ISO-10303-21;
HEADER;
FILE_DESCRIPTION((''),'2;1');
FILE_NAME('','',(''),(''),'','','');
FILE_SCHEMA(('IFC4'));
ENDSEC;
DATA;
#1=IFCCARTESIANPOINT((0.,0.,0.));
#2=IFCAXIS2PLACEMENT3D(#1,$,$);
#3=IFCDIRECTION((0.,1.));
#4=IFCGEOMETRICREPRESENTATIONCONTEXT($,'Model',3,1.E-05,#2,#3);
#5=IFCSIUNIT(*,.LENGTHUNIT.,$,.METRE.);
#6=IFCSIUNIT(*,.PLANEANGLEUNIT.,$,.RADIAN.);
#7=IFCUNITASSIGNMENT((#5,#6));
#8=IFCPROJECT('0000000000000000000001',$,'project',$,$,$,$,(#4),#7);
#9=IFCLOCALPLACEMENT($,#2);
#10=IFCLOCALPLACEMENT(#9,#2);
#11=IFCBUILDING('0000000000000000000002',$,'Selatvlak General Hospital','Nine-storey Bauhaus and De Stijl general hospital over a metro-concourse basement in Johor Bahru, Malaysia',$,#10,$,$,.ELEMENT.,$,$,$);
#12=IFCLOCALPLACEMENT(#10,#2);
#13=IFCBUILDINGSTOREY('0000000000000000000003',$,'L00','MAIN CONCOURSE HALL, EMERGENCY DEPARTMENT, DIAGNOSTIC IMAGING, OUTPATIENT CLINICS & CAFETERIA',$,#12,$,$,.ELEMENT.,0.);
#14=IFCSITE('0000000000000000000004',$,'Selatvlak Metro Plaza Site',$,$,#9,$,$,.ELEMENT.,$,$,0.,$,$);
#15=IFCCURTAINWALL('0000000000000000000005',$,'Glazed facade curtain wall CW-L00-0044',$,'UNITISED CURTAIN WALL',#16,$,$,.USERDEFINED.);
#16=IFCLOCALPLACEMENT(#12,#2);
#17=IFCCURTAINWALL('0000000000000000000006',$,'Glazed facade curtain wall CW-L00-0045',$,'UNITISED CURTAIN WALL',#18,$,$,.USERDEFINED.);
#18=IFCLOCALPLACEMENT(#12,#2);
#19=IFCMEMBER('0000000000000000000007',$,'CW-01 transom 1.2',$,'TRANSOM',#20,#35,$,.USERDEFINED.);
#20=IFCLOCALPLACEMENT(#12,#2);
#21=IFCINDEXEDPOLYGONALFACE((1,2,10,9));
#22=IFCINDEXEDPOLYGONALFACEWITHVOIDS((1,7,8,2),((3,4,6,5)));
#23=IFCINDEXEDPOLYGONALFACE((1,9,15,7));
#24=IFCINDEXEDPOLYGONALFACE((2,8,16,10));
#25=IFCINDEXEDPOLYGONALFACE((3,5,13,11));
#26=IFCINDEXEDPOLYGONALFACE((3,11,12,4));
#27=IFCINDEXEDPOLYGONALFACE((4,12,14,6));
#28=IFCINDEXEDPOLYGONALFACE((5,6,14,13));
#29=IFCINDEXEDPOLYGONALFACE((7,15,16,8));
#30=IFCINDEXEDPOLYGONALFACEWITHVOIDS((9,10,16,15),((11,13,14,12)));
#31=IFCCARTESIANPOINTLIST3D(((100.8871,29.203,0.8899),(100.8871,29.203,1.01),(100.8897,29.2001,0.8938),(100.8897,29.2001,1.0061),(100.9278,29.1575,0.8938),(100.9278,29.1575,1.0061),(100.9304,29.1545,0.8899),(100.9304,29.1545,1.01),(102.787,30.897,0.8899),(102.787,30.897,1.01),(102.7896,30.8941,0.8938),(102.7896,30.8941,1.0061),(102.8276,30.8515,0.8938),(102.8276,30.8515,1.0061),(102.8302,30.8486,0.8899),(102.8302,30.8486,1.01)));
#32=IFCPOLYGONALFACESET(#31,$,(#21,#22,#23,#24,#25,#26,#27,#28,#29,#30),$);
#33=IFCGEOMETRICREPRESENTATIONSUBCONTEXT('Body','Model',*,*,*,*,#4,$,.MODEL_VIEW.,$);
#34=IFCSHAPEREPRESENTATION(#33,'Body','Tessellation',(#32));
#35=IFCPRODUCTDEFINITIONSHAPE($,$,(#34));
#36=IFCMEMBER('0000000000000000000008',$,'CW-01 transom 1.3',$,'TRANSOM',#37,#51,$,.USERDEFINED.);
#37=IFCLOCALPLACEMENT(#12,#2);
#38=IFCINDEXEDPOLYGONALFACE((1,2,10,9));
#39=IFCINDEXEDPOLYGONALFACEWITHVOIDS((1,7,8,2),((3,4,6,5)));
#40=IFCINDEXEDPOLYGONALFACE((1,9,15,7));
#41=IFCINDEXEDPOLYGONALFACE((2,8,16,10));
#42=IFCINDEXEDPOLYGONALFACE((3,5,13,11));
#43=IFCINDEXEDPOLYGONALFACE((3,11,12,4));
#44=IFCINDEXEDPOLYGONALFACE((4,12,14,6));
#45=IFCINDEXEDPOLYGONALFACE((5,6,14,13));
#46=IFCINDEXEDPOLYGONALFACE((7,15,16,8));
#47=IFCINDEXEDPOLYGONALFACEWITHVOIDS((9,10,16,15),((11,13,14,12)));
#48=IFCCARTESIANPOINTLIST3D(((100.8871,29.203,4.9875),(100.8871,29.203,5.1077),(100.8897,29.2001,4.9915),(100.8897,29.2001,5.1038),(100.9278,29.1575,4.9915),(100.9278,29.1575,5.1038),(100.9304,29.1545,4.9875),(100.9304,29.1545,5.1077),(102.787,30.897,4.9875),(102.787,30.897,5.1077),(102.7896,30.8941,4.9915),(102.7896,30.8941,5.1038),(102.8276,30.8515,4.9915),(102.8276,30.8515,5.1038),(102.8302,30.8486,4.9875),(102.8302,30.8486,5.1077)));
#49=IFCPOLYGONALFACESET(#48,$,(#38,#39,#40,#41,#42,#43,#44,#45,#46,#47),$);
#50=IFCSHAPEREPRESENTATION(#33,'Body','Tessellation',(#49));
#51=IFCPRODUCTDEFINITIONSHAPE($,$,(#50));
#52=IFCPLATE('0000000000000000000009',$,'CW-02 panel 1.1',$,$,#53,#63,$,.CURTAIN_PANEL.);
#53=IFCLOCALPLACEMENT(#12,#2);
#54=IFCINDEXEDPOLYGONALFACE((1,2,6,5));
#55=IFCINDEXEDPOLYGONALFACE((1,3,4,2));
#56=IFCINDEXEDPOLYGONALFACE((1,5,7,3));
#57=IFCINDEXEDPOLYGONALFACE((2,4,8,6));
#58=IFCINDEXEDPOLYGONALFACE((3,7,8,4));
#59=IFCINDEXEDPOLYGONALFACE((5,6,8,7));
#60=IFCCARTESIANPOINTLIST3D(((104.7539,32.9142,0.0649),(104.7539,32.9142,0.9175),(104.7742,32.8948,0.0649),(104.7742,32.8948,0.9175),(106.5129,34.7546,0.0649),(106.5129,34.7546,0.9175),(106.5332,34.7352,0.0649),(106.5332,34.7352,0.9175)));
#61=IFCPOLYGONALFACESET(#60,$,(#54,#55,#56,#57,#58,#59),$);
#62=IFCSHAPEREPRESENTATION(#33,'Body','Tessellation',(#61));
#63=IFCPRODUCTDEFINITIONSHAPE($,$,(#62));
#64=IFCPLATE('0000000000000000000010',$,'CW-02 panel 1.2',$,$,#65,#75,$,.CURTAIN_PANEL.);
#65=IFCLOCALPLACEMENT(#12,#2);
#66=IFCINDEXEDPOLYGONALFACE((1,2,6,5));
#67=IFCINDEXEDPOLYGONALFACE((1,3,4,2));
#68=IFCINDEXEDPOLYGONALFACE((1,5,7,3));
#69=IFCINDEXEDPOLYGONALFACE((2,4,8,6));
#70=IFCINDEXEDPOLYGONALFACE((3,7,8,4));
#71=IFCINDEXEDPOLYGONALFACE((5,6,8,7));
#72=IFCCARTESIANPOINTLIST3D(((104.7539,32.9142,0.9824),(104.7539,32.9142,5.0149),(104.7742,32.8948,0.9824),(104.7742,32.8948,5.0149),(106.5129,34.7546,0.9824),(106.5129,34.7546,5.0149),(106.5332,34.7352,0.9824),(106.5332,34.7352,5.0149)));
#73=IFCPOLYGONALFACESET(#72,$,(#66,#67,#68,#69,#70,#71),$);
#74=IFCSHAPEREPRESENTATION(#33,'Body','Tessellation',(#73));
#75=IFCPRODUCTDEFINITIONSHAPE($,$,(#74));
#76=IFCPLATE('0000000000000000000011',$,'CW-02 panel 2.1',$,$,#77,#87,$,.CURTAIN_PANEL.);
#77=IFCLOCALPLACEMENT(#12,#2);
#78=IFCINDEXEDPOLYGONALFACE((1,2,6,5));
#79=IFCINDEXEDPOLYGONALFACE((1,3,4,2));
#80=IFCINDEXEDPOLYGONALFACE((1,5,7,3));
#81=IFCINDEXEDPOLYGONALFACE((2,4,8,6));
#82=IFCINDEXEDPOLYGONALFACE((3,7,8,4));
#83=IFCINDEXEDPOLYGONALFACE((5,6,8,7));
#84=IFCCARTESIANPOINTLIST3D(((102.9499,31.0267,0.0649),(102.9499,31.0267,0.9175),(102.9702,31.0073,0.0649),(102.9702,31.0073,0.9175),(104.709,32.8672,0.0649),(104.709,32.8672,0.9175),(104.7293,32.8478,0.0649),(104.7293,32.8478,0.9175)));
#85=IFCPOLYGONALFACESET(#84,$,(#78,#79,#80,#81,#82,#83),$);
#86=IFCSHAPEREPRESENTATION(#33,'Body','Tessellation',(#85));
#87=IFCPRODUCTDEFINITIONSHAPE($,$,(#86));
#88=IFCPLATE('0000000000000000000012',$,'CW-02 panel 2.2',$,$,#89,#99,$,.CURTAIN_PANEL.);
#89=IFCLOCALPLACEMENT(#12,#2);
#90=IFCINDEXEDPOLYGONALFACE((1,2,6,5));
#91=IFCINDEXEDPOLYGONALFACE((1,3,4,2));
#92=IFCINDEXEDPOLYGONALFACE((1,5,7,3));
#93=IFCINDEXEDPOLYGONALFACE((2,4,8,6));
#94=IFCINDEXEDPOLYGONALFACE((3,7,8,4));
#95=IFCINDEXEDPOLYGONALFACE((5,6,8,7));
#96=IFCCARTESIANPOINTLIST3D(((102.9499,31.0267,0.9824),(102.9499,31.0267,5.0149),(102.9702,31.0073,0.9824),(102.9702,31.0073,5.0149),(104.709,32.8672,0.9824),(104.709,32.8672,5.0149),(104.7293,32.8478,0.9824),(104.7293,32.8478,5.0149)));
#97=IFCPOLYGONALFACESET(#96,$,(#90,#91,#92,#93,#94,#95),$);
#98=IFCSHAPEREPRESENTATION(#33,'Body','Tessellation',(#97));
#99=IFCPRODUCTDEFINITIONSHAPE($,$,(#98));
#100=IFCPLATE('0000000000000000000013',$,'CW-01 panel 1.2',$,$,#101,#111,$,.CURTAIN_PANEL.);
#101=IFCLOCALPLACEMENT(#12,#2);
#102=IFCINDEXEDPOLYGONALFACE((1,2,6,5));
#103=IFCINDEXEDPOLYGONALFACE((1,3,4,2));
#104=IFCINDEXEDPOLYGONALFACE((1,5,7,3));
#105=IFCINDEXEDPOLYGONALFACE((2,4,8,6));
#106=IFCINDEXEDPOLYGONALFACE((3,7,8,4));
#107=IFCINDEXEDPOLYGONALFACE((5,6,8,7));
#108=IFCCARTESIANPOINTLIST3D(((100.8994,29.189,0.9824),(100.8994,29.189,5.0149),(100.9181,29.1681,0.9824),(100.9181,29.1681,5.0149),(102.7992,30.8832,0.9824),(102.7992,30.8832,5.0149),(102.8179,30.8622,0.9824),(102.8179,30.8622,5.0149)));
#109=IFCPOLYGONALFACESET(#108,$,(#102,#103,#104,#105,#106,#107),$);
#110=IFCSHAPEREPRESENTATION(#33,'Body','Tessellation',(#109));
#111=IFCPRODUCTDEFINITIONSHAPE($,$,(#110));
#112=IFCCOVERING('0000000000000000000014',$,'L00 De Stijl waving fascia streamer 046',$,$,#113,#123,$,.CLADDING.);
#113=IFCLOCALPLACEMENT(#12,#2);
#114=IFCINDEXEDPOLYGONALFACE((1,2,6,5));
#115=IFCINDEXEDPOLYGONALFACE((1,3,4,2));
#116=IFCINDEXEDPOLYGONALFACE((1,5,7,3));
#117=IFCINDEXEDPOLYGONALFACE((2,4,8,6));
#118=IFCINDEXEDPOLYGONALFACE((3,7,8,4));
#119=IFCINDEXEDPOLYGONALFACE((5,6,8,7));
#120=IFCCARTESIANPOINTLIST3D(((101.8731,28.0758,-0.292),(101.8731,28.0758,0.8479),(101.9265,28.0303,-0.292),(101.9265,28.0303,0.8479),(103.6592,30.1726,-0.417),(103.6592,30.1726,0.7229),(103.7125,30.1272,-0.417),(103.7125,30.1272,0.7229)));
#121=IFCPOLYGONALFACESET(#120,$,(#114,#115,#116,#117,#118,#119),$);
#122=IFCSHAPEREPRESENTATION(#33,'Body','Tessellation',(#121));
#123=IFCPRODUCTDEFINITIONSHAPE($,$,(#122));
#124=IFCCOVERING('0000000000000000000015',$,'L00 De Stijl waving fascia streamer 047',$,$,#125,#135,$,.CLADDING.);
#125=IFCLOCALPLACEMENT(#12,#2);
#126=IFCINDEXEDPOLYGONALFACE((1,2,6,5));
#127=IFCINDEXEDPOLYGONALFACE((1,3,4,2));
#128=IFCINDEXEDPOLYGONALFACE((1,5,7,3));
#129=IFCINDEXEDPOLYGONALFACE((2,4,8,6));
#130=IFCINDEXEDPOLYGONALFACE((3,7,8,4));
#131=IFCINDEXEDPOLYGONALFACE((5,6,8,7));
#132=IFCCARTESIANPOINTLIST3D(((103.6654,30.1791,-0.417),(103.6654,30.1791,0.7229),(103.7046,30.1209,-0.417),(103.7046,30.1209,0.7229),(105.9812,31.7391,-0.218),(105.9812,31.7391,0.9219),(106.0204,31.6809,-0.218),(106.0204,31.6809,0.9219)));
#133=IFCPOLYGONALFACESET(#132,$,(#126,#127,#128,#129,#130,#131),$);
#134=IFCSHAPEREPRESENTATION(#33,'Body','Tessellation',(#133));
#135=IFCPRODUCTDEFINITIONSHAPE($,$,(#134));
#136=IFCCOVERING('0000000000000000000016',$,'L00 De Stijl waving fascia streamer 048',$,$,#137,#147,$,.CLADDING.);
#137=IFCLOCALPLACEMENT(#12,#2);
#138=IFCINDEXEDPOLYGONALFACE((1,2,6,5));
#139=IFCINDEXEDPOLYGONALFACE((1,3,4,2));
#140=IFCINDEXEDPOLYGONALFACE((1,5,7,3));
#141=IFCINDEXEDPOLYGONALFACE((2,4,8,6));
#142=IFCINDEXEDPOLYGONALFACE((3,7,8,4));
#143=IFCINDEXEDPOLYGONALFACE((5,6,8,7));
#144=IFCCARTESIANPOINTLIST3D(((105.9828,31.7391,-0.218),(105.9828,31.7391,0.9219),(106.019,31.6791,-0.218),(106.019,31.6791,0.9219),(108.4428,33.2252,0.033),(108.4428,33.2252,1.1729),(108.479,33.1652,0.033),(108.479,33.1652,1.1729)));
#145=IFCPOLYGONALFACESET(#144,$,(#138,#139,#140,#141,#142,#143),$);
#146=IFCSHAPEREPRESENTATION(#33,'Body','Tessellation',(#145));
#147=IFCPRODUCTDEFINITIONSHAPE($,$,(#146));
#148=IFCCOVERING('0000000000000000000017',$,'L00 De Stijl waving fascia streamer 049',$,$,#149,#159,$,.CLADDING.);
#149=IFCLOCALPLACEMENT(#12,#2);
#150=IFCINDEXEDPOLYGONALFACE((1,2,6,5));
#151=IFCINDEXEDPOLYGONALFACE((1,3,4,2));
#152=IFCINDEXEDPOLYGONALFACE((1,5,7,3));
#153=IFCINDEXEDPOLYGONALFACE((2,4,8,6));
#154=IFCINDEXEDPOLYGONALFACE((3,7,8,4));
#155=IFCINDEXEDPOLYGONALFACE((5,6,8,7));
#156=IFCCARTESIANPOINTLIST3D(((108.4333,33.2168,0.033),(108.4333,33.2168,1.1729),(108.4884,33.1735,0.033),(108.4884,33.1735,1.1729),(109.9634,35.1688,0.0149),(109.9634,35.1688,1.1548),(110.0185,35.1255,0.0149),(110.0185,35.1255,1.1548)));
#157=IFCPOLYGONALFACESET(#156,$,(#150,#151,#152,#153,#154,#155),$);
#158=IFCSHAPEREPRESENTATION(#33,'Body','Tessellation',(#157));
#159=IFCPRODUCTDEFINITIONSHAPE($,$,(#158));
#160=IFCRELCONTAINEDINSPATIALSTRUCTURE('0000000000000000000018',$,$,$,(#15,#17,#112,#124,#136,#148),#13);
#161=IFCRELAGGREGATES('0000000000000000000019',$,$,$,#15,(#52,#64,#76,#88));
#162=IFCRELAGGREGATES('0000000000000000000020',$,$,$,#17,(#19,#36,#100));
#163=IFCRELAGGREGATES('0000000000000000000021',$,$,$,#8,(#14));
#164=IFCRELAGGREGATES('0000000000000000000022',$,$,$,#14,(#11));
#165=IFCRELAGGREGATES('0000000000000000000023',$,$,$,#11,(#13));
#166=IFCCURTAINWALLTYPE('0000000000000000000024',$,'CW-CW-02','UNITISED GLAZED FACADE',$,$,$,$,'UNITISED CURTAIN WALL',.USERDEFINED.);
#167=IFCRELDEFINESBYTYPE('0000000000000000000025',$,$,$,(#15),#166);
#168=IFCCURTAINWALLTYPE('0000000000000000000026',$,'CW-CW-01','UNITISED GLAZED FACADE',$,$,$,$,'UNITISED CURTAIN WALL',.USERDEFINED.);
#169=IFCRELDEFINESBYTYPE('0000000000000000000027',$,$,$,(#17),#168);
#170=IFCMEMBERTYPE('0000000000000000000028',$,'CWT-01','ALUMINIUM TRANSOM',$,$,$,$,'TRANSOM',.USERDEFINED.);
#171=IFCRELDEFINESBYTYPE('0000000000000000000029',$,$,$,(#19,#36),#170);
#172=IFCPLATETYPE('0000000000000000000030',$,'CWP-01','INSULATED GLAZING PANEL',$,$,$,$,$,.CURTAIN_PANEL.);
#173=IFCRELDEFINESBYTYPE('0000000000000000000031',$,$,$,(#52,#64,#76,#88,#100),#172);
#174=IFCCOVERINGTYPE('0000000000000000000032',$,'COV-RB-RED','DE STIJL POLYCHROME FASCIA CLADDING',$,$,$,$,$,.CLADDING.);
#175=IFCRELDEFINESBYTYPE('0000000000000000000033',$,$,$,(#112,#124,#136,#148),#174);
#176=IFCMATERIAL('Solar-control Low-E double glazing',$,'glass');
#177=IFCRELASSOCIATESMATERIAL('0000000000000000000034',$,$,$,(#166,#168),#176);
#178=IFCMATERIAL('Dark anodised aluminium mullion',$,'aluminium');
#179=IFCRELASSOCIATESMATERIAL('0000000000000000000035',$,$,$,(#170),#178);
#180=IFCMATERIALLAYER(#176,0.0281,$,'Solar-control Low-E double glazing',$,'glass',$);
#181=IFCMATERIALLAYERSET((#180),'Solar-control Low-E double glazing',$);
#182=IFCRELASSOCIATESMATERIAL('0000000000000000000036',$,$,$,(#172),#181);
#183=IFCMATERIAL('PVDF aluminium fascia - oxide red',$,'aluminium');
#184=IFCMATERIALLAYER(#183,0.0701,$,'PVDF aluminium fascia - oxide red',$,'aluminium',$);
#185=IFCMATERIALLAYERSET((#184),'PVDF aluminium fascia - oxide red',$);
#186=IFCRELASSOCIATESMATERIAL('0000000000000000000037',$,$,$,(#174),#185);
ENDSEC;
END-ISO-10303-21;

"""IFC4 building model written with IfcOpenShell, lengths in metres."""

from ifc_helpers import new_model, si_unit, direction, frame, origin, origin_2d, place, context, subcontext, project, spatial, polyline, rectangle, hollow_rectangle, outline, extrude, material, layer, layer_set, material_profile, profile_set, type_object, element, aggregate, save


model = new_model("IFC4")

# Units and contexts
model_context = context("Model", 3, precision=1e-05, world=origin(), true_north=direction((0.0, 1.0)))
body_context = subcontext(model_context, "Body", "Model", "MODEL_VIEW")
ifc_project = project(units=[si_unit("LENGTHUNIT", "METRE"), si_unit("PLANEANGLEUNIT", "RADIAN")], contexts=[model_context])

# Site, building, storey
site_placement = place(None, origin())
site = spatial("IfcSite", under=ifc_project, at=site_placement, Name="Selatvlak Metro Plaza Site", CompositionType="ELEMENT", RefElevation=0.0)
building_placement = place(site_placement, origin())
building = spatial("IfcBuilding", under=site, at=building_placement, Name="Selatvlak General Hospital", Description="Nine-storey Bauhaus and De Stijl general hospital over a metro-concourse basement in Johor Bahru, Malaysia", CompositionType="ELEMENT")
storey_placement = place(building_placement, origin())
storey = spatial("IfcBuildingStorey", under=building, at=storey_placement, Name="L00", Description="MAIN CONCOURSE HALL, EMERGENCY DEPARTMENT, DIAGNOSTIC IMAGING, OUTPATIENT CLINICS & CAFETERIA", CompositionType="ELEMENT", Elevation=0.0)

# Curtain wall
ifc_material_1 = material(Name="Solar-control Low-E double glazing", Category="glass")
curtain_wall_type_1 = type_object("IfcCurtainWallType", Name="CW-CW-02", Description="UNITISED GLAZED FACADE", ElementType="UNITISED CURTAIN WALL", PredefinedType="USERDEFINED", material=ifc_material_1)
curtain_wall_1_placement = place(storey_placement, origin())
curtain_wall_1 = element("IfcCurtainWall", 1, at=curtain_wall_1_placement, inside=storey, type_object=curtain_wall_type_1, Name="Glazed facade curtain wall CW-L00-0044", ObjectType="UNITISED CURTAIN WALL", PredefinedType="USERDEFINED")
ifc_material_2 = material(Name="Dark anodised aluminium mullion", Category="aluminium")

# Curtain wall
curtain_wall_type_2 = type_object("IfcCurtainWallType", Name="CW-CW-01", Description="UNITISED GLAZED FACADE", ElementType="UNITISED CURTAIN WALL", PredefinedType="USERDEFINED", material=ifc_material_1)
curtain_wall_2_placement = place(storey_placement, origin())
curtain_wall_2 = element("IfcCurtainWall", 2, at=curtain_wall_2_placement, inside=storey, type_object=curtain_wall_type_2, Name="Glazed facade curtain wall CW-L00-0045", ObjectType="UNITISED CURTAIN WALL", PredefinedType="USERDEFINED")

# Members
ifc_material_profile_1 = material_profile(ifc_material_2, hollow_rectangle(XDim=0.0649, YDim=0.1201, WallThickness=0.0039, at=origin_2d()), Name="AL-TRN 65x120x4")
ifc_profile_set_1 = profile_set([ifc_material_profile_1], Name="Dark anodised aluminium mullion")
member_type_1 = type_object("IfcMemberType", Name="CWT-01", Description="ALUMINIUM TRANSOM", ElementType="TRANSOM", PredefinedType="USERDEFINED", material=ifc_profile_set_1)
member_1_placement = place(storey_placement, frame((102.8086, 30.8728, 0.95), z_axis=(-0.746377, -0.665524, 0.0), x_axis=(0.665524, -0.746377, 0.0)))
member_1 = element("IfcMember", 3, at=member_1_placement, type_object=member_type_1, Name="CW-01 transom 1.2", ObjectType="TRANSOM", PredefinedType="USERDEFINED", context=body_context, shape_type="SweptSolid", body=[
    extrude(hollow_rectangle(XDim=0.0649, YDim=0.1201, WallThickness=0.0039, at=origin_2d()), origin(), (0.0, 0.0, 1.0), 2.5454),
])
member_2_placement = place(storey_placement, frame((102.8086, 30.8728, 5.0476), z_axis=(-0.746377, -0.665524, 0.0), x_axis=(0.665524, -0.746377, 0.0)))
member_2 = element("IfcMember", 4, at=member_2_placement, type_object=member_type_1, Name="CW-01 transom 1.3", ObjectType="TRANSOM", PredefinedType="USERDEFINED", context=body_context, shape_type="SweptSolid", body=[
    extrude(hollow_rectangle(XDim=0.0649, YDim=0.1201, WallThickness=0.0039, at=origin_2d()), origin(), (0.0, 0.0, 1.0), 2.5454),
])

# Plates
ifc_layer_1 = layer(ifc_material_1, 0.0281, Name="Solar-control Low-E double glazing", Category="glass")
ifc_layer_set_1 = layer_set([ifc_layer_1], Name="Solar-control Low-E double glazing")
plate_type = type_object("IfcPlateType", Name="CWP-01", Description="INSULATED GLAZING PANEL", PredefinedType="CURTAIN_PANEL", material=ifc_layer_set_1)
plate_1_placement = place(storey_placement, frame((105.6436, 33.8247, 0.0649), z_axis=(0.0, 0.0, 1.0), x_axis=(-0.690943, -0.722909, 0.0)))
plate_1 = element("IfcPlate", 5, at=plate_1_placement, type_object=plate_type, Name="CW-02 panel 1.1", PredefinedType="CURTAIN_PANEL", context=body_context, shape_type="SweptSolid", body=[
    extrude(rectangle(XDim=2.5459, YDim=0.0281, at=origin_2d()), origin(), (0.0, 0.0, 1.0), 0.8525),
])
plate_2_placement = place(storey_placement, frame((105.6436, 33.8247, 0.9824), z_axis=(0.0, 0.0, 1.0), x_axis=(-0.690943, -0.722909, 0.0)))
plate_2 = element("IfcPlate", 6, at=plate_2_placement, type_object=plate_type, Name="CW-02 panel 1.2", PredefinedType="CURTAIN_PANEL", context=body_context, shape_type="SweptSolid", body=[
    extrude(rectangle(XDim=2.5459, YDim=0.0281, at=origin_2d()), origin(), (0.0, 0.0, 1.0), 4.0325),
])
plate_3_placement = place(storey_placement, frame((103.8396, 31.9373, 0.0649), z_axis=(0.0, 0.0, 1.0), x_axis=(-0.690943, -0.722909, 0.0)))
plate_3 = element("IfcPlate", 7, at=plate_3_placement, type_object=plate_type, Name="CW-02 panel 2.1", PredefinedType="CURTAIN_PANEL", context=body_context, shape_type="SweptSolid", body=[
    extrude(rectangle(XDim=2.5459, YDim=0.0281, at=origin_2d()), origin(), (0.0, 0.0, 1.0), 0.8525),
])
plate_4_placement = place(storey_placement, frame((103.8396, 31.9373, 0.9824), z_axis=(0.0, 0.0, 1.0), x_axis=(-0.690943, -0.722909, 0.0)))
plate_4 = element("IfcPlate", 8, at=plate_4_placement, type_object=plate_type, Name="CW-02 panel 2.2", PredefinedType="CURTAIN_PANEL", context=body_context, shape_type="SweptSolid", body=[
    extrude(rectangle(XDim=2.5459, YDim=0.0281, at=origin_2d()), origin(), (0.0, 0.0, 1.0), 4.0325),
])
aggregate(curtain_wall_1, [plate_1, plate_2, plate_3, plate_4])
plate_5_placement = place(storey_placement, frame((101.8586, 30.0256, 0.9824), z_axis=(0.0, 0.0, 1.0), x_axis=(-0.746344, -0.665561, 0.0)))
plate_5 = element("IfcPlate", 9, at=plate_5_placement, type_object=plate_type, Name="CW-01 panel 1.2", PredefinedType="CURTAIN_PANEL", context=body_context, shape_type="SweptSolid", body=[
    extrude(rectangle(XDim=2.5454, YDim=0.0281, at=origin_2d()), origin(), (0.0, 0.0, 1.0), 4.0325),
])
aggregate(curtain_wall_2, [member_1, member_2, plate_5])

# Coverings
ifc_material_3 = material(Name="PVDF aluminium fascia - oxide red", Category="aluminium")
ifc_layer_2 = layer(ifc_material_3, 0.0701, Name="PVDF aluminium fascia - oxide red", Category="aluminium")
ifc_layer_set_2 = layer_set([ifc_layer_2], Name="PVDF aluminium fascia - oxide red")
covering_type = type_object("IfcCoveringType", Name="COV-RB-RED", Description="DE STIJL POLYCHROME FASCIA CLADDING", PredefinedType="CLADDING", material=ifc_layer_set_2)
covering_1_placement = place(storey_placement, frame((101.8999, 28.053, -0.292), z_axis=(0.0, 0.0, 1.0), x_axis=(0.648438, 0.761268, 0.0)))
element("IfcCovering", 10, at=covering_1_placement, inside=storey, type_object=covering_type, Name="L00 De Stijl waving fascia streamer 046", PredefinedType="CLADDING", context=body_context, shape_type="SweptSolid", body=[
    extrude(outline(polyline([(0.0, 0.0), (2.7544, -0.125), (2.7544, 1.0149), (0.0, 1.1399), (0.0, 0.0)])), frame((0.0, 0.0352, 0.0), z_axis=(0.0, -1.0, 0.0), x_axis=(1.0, 0.0, 0.0)), (0.0, 0.0, 1.0), 0.0701),
])
covering_2_placement = place(storey_placement, frame((103.6851, 30.1499, -0.417), z_axis=(0.0, 0.0, 1.0), x_axis=(0.829377, 0.558689, 0.0)))
element("IfcCovering", 11, at=covering_2_placement, inside=storey, type_object=covering_type, Name="L00 De Stijl waving fascia streamer 047", PredefinedType="CLADDING", context=body_context, shape_type="SweptSolid", body=[
    extrude(outline(polyline([(0.0, 0.0), (2.7922, 0.199), (2.7922, 1.3389), (0.0, 1.1399), (0.0, 0.0)])), frame((0.0, 0.0352, 0.0), z_axis=(0.0, -1.0, 0.0), x_axis=(1.0, 0.0, 0.0)), (0.0, 0.0, 1.0), 0.0701),
])
covering_3_placement = place(storey_placement, frame((106.001, 31.709, -0.218), z_axis=(0.0, 0.0, 1.0), x_axis=(0.855937, 0.517079, 0.0)))
element("IfcCovering", 12, at=covering_3_placement, inside=storey, type_object=covering_type, Name="L00 De Stijl waving fascia streamer 048", PredefinedType="CLADDING", context=body_context, shape_type="SweptSolid", body=[
    extrude(outline(polyline([(0.0, 0.0), (2.874, 0.251), (2.874, 1.3909), (0.0, 1.1399), (0.0, 0.0)])), frame((0.0, 0.0352, 0.0), z_axis=(0.0, -1.0, 0.0), x_axis=(1.0, 0.0, 0.0)), (0.0, 0.0, 1.0), 0.0701),
])
covering_4_placement = place(storey_placement, frame((108.4609, 33.1951, 0.033), z_axis=(0.0, 0.0, 1.0), x_axis=(0.616921, 0.787025, 0.0)))
element("IfcCovering", 13, at=covering_4_placement, inside=storey, type_object=covering_type, Name="L00 De Stijl waving fascia streamer 049", PredefinedType="CLADDING", context=body_context, shape_type="SweptSolid", body=[
    extrude(outline(polyline([(0.0, 0.0), (2.4802, -0.0181), (2.4802, 1.1218), (0.0, 1.1399), (0.0, 0.0)])), frame((0.0, 0.0352, 0.0), z_axis=(0.0, -1.0, 0.0), x_axis=(1.0, 0.0, 0.0)), (0.0, 0.0, 1.0), 0.0701),
])

save(model, "model.ifc")
